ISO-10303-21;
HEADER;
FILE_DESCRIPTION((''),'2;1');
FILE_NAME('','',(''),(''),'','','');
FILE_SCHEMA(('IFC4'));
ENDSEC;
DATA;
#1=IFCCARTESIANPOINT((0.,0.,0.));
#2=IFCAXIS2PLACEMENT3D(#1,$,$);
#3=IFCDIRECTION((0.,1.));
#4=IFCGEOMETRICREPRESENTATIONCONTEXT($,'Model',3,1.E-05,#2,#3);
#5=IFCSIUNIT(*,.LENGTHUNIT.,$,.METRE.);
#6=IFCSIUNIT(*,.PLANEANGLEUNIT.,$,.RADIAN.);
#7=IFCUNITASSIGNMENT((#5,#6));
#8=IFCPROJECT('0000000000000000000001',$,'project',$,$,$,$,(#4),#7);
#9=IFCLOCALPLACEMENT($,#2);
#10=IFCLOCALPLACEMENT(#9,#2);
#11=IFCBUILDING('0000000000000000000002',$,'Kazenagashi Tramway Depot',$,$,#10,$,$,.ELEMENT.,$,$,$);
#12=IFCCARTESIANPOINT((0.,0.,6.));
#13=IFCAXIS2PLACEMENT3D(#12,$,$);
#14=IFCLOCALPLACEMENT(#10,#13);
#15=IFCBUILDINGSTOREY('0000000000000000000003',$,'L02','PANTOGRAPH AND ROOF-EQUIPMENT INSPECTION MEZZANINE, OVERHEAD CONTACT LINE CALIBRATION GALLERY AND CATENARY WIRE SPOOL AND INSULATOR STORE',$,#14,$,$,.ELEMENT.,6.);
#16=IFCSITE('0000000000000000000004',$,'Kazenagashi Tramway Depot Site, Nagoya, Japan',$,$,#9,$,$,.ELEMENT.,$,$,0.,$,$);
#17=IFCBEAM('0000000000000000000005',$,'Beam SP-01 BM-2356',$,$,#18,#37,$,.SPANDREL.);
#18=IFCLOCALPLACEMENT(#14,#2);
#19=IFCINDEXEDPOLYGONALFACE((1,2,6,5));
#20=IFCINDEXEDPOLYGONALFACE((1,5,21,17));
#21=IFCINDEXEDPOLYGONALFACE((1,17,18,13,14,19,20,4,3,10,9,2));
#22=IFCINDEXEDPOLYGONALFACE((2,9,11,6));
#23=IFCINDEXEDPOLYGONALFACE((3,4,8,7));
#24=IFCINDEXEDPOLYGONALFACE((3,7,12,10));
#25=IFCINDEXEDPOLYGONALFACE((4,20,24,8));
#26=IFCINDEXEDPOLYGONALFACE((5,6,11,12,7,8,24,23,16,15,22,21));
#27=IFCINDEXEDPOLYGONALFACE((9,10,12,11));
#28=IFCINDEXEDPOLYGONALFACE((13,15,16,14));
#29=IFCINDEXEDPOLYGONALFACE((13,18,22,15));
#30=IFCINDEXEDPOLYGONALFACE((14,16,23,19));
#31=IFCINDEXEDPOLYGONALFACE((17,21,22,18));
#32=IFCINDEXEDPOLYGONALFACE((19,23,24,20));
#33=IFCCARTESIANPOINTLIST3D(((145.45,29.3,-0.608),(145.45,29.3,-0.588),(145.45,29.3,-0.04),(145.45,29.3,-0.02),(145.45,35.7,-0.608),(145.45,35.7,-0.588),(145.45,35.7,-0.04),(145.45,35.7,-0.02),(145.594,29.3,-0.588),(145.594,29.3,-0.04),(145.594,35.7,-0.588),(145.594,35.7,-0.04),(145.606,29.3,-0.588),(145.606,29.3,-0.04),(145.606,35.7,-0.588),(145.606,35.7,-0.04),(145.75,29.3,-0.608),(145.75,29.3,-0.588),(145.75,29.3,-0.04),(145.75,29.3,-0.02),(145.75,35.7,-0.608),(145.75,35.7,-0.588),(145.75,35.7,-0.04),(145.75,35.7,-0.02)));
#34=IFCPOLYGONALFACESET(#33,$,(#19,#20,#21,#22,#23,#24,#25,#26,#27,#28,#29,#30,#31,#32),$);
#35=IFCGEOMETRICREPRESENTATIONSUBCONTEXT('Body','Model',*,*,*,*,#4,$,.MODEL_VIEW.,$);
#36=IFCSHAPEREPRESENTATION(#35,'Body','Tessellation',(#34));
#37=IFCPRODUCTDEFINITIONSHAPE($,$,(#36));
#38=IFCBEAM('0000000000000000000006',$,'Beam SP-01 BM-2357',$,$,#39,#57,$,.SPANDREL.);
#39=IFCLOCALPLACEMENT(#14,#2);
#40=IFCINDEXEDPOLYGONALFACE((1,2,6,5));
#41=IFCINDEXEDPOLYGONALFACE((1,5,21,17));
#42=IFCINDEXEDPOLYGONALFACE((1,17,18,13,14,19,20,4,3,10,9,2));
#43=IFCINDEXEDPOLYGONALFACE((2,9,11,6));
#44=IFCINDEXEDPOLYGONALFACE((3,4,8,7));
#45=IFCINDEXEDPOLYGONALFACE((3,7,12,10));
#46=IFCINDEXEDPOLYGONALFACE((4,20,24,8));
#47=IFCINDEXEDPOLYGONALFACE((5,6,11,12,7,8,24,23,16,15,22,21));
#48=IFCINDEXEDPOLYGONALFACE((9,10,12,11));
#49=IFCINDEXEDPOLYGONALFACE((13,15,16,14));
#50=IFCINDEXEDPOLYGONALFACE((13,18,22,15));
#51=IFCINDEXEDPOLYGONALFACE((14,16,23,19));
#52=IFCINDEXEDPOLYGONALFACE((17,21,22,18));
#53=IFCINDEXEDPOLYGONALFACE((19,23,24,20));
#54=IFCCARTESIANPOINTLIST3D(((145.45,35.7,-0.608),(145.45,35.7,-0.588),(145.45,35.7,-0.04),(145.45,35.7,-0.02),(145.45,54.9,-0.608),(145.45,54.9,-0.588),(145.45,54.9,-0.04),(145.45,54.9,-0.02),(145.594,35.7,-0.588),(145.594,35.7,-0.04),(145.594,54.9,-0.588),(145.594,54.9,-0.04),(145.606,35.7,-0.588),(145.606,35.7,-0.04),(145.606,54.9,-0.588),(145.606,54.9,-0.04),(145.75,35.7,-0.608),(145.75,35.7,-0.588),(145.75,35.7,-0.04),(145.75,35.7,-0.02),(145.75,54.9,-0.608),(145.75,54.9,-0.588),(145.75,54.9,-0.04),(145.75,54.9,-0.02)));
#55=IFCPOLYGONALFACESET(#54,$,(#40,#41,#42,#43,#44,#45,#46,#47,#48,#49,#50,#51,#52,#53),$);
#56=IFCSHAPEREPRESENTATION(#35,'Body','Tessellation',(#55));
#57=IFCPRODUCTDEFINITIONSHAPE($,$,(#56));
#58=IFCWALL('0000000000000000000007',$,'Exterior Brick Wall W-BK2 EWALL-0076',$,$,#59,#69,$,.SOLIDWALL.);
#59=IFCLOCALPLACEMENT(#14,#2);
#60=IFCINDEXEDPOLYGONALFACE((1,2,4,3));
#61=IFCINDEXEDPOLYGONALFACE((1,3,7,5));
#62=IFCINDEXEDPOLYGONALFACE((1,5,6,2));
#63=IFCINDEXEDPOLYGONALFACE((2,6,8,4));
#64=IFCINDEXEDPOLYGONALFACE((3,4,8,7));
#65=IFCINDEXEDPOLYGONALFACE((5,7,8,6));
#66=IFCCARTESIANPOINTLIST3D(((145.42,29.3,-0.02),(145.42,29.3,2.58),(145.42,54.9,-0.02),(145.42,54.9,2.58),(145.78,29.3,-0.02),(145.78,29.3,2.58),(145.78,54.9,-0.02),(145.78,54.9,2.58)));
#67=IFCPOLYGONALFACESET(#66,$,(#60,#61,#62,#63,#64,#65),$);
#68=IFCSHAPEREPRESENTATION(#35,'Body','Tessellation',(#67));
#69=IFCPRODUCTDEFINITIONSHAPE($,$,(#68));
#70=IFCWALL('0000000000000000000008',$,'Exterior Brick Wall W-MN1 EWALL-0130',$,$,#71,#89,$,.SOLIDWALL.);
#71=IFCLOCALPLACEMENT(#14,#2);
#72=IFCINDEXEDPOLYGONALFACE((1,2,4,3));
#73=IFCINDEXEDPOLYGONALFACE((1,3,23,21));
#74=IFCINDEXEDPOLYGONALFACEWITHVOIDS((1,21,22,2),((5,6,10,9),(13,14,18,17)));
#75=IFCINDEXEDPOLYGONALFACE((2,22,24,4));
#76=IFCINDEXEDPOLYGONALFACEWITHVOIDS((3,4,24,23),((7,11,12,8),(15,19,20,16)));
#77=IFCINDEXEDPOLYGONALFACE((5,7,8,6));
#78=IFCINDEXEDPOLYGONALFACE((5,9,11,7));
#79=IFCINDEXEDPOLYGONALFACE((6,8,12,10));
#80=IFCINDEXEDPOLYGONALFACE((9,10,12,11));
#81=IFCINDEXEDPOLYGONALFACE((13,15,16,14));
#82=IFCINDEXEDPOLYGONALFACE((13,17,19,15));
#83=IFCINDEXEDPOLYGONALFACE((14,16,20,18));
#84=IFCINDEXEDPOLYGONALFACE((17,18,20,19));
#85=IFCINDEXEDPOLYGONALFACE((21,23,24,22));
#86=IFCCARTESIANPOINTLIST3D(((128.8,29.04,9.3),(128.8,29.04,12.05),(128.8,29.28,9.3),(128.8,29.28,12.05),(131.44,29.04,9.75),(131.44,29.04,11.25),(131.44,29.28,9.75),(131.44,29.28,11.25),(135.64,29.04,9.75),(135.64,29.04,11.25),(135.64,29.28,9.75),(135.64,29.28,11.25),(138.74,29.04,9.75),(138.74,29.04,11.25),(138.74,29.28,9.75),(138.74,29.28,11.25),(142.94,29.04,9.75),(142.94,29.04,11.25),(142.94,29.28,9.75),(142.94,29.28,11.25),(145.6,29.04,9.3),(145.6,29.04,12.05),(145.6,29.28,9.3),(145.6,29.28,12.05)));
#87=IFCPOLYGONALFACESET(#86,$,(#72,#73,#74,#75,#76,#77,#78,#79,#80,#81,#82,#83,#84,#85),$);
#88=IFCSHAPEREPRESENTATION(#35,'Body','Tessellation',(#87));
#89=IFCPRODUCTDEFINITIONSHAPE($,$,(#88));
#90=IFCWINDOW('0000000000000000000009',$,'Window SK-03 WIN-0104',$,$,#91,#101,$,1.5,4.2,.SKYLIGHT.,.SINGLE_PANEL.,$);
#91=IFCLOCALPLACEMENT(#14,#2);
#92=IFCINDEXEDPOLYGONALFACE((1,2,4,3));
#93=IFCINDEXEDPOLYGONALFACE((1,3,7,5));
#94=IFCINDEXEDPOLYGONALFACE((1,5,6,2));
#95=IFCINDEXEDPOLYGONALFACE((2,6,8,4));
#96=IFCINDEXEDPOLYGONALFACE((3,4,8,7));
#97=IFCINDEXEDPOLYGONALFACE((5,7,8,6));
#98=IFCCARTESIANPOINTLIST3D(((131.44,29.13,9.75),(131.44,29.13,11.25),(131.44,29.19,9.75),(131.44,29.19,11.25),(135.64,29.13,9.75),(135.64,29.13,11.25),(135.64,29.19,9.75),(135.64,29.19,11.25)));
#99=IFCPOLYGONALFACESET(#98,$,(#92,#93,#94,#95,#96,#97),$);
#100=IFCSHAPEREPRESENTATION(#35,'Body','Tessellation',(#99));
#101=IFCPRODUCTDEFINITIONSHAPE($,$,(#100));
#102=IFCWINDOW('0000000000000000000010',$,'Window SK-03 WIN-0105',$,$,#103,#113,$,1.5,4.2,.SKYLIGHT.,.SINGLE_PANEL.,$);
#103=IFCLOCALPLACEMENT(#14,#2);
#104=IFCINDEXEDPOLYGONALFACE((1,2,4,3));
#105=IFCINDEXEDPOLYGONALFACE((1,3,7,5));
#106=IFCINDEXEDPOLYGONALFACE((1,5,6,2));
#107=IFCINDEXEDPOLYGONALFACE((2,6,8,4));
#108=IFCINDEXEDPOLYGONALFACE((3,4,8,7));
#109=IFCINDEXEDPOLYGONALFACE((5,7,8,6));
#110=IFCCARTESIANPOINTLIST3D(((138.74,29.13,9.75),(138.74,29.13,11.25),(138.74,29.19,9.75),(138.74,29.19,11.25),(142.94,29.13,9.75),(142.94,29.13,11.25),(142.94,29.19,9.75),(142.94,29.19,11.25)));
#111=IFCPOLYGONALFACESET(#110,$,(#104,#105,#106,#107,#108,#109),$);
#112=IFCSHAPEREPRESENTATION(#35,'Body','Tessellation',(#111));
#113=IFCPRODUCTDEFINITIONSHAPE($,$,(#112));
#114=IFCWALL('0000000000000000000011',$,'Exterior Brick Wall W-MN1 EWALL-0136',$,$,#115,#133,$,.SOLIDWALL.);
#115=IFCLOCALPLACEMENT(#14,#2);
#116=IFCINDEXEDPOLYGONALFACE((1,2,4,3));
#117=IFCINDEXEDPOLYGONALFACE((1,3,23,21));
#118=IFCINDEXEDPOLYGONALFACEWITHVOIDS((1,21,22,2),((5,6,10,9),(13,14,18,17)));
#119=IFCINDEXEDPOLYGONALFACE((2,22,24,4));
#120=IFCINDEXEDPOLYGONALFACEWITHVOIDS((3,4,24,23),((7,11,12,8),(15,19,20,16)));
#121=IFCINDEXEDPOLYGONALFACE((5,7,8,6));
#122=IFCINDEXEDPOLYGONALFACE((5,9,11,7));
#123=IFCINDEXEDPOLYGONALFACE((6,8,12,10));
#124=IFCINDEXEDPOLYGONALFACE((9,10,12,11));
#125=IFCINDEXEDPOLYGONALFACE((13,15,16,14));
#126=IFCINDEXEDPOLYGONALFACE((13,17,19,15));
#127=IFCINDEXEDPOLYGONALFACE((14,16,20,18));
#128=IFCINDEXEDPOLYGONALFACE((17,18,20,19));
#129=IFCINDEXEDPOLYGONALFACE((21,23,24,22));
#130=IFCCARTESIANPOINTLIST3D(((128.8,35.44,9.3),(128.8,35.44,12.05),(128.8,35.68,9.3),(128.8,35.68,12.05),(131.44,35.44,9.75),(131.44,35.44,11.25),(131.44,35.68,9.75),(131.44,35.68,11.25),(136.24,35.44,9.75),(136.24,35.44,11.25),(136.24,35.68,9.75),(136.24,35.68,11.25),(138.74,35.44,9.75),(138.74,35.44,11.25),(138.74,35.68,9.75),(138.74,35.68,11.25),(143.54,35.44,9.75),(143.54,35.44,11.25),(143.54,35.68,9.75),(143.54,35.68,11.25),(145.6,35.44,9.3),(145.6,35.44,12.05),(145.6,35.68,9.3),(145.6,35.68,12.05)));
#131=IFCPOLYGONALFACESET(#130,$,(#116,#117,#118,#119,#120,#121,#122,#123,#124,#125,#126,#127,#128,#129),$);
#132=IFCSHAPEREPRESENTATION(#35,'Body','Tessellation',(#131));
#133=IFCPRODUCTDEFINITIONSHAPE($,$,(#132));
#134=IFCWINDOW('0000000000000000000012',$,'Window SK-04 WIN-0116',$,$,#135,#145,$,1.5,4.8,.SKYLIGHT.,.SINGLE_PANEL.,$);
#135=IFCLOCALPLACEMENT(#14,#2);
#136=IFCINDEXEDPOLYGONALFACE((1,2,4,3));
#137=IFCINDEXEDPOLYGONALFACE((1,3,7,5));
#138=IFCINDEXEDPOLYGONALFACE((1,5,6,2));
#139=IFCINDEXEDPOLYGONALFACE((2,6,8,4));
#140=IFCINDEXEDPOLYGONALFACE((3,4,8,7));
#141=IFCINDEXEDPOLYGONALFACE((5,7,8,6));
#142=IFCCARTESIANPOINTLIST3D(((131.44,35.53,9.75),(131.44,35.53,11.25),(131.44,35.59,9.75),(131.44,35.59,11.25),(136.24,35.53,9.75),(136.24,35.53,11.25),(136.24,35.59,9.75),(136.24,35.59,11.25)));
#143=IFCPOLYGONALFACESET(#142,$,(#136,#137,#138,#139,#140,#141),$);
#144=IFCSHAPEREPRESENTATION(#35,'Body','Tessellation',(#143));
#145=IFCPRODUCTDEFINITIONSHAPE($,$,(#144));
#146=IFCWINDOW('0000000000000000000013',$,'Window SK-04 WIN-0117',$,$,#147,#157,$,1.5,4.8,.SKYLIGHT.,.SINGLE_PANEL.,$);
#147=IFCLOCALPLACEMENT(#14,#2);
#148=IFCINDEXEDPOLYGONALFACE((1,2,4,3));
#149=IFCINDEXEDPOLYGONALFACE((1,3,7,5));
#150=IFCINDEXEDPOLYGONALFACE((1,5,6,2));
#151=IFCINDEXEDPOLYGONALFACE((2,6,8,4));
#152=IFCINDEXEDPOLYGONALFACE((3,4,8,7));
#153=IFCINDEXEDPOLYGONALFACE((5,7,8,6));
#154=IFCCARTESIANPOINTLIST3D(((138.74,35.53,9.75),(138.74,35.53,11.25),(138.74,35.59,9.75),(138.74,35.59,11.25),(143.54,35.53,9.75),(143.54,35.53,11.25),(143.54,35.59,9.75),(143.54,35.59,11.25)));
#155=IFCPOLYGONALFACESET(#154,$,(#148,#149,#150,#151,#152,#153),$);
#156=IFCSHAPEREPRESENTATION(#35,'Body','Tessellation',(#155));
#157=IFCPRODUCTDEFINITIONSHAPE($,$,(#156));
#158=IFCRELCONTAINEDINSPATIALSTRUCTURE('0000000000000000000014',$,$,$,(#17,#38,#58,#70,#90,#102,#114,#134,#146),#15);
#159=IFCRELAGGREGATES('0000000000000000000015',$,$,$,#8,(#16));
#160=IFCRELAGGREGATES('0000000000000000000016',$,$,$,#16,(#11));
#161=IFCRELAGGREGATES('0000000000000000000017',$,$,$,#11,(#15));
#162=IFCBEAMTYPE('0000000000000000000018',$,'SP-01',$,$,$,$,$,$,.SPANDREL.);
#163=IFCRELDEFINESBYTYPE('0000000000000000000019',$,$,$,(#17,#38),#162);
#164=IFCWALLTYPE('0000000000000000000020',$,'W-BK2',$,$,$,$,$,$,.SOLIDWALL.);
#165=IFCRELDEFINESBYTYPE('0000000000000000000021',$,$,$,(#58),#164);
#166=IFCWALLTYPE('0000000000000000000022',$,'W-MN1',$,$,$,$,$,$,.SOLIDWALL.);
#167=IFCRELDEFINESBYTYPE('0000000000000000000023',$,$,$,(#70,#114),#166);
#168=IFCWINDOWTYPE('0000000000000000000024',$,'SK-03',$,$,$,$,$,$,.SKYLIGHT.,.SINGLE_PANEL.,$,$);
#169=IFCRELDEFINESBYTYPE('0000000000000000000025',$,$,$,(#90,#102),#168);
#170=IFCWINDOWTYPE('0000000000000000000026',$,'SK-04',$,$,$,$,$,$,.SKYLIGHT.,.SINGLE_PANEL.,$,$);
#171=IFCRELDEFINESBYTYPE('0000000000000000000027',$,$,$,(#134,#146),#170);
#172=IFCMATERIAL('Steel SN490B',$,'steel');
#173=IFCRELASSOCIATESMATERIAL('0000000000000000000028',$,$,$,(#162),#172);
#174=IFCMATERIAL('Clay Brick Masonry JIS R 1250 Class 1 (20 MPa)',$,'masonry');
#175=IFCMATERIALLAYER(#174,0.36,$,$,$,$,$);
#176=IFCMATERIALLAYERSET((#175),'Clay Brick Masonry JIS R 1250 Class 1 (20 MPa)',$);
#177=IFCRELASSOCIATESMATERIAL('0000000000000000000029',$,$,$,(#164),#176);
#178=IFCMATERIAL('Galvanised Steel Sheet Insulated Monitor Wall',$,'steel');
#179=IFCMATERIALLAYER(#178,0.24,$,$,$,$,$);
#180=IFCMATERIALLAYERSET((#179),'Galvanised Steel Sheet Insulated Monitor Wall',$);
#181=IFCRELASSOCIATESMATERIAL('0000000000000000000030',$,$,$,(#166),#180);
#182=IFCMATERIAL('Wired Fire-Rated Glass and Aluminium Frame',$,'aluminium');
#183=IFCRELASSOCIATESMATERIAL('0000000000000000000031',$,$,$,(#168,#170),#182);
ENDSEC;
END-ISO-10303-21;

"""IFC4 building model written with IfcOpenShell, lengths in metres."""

from ifc_helpers import new_model, si_unit, direction, frame, frame_2d, origin, origin_2d, place, context, subcontext, project, spatial, rectangle, i_section, extrude, material, layer, layer_set, material_profile, profile_set, type_object, element, fill, save


model = new_model("IFC4")

# Units and contexts
model_context = context("Model", 3, precision=1e-05, world=origin(), true_north=direction((0.0, 1.0)))
body_context = subcontext(model_context, "Body", "Model", "MODEL_VIEW")
ifc_project = project(units=[si_unit("LENGTHUNIT", "METRE"), si_unit("PLANEANGLEUNIT", "RADIAN")], contexts=[model_context])

# Site, building, storey
site_placement = place(None, origin())
site = spatial("IfcSite", under=ifc_project, at=site_placement, Name="Kazenagashi Tramway Depot Site, Nagoya, Japan", CompositionType="ELEMENT", RefElevation=0.0)
building_placement = place(site_placement, origin())
building = spatial("IfcBuilding", under=site, at=building_placement, Name="Kazenagashi Tramway Depot", CompositionType="ELEMENT")
storey_placement = place(building_placement, frame((0.0, 0.0, 6.0)))
storey = spatial("IfcBuildingStorey", under=building, at=storey_placement, Name="L02", Description="PANTOGRAPH AND ROOF-EQUIPMENT INSPECTION MEZZANINE, OVERHEAD CONTACT LINE CALIBRATION GALLERY AND CATENARY WIRE SPOOL AND INSULATOR STORE", CompositionType="ELEMENT", Elevation=6.0)

# Shared definitions
ifc_material_1 = material(Name="Steel SN490B", Category="steel")

# Beams
ifc_material_profile_1 = material_profile(ifc_material_1, i_section(OverallWidth=0.3, OverallDepth=0.588, WebThickness=0.012, FlangeThickness=0.02, at=origin_2d()), Name="H-588x300x12x20")
ifc_profile_set_1 = profile_set([ifc_material_profile_1], Name="Steel SN490B")
beam_type_1 = type_object("IfcBeamType", Name="SP-01", PredefinedType="SPANDREL", material=ifc_profile_set_1)
beam_1_placement = place(storey_placement, frame((145.6, 29.3, -0.314), z_axis=(0.0, 1.0, 0.0), x_axis=(-1.0, 0.0, 0.0)))
element("IfcBeam", 1, at=beam_1_placement, inside=storey, type_object=beam_type_1, Name="Beam SP-01 BM-2356", PredefinedType="SPANDREL", context=body_context, shape_type="SweptSolid", body=[
    extrude(i_section(OverallWidth=0.3, OverallDepth=0.588, WebThickness=0.012, FlangeThickness=0.02, at=origin_2d()), origin(), (0.0, 0.0, 1.0), 6.4),
])
beam_2_placement = place(storey_placement, frame((145.6, 35.7, -0.314), z_axis=(0.0, 1.0, 0.0), x_axis=(-1.0, 0.0, 0.0)))
element("IfcBeam", 2, at=beam_2_placement, inside=storey, type_object=beam_type_1, Name="Beam SP-01 BM-2357", PredefinedType="SPANDREL", context=body_context, shape_type="SweptSolid", body=[
    extrude(i_section(OverallWidth=0.3, OverallDepth=0.588, WebThickness=0.012, FlangeThickness=0.02, at=origin_2d()), origin(), (0.0, 0.0, 1.0), 19.2),
])

# Wall
ifc_material_2 = material(Name="Clay Brick Masonry JIS R 1250 Class 1 (20 MPa)", Category="masonry")
ifc_layer_1 = layer(ifc_material_2, 0.36)
ifc_layer_set_1 = layer_set([ifc_layer_1], Name="Clay Brick Masonry JIS R 1250 Class 1 (20 MPa)")
wall_type_1 = type_object("IfcWallType", Name="W-BK2", PredefinedType="SOLIDWALL", material=ifc_layer_set_1)
wall_1_placement = place(storey_placement, frame((145.6, 29.3, -0.02), z_axis=(0.0, 0.0, 1.0), x_axis=(0.0, 1.0, 0.0)))
element("IfcWall", 3, at=wall_1_placement, inside=storey, type_object=wall_type_1, Name="Exterior Brick Wall W-BK2 EWALL-0076", PredefinedType="SOLIDWALL", context=body_context, shape_type="SweptSolid", body=[
    extrude(rectangle(XDim=25.6, YDim=0.36, at=frame_2d((12.8, 0.0))), origin(), (0.0, 0.0, 1.0), 2.6),
])

# Walls, openings, windows
ifc_material_3 = material(Name="Galvanised Steel Sheet Insulated Monitor Wall", Category="steel")
ifc_layer_2 = layer(ifc_material_3, 0.24)
ifc_layer_set_2 = layer_set([ifc_layer_2], Name="Galvanised Steel Sheet Insulated Monitor Wall")
wall_type_2 = type_object("IfcWallType", Name="W-MN1", PredefinedType="SOLIDWALL", material=ifc_layer_set_2)
wall_2_placement = place(storey_placement, frame((128.8, 29.16, 9.3), z_axis=(0.0, 0.0, 1.0), x_axis=(1.0, 0.0, 0.0)))
wall_2 = element("IfcWall", 4, at=wall_2_placement, inside=storey, type_object=wall_type_2, Name="Exterior Brick Wall W-MN1 EWALL-0130", PredefinedType="SOLIDWALL", context=body_context, shape_type="SweptSolid", body=[
    extrude(rectangle(XDim=16.8, YDim=0.24, at=frame_2d((8.4, 0.0))), origin(), (0.0, 0.0, 1.0), 2.75),
])
opening_1_placement = place(wall_2_placement, frame((2.64, 0.0, 0.45)))
opening_1 = element("IfcOpeningElement", 5, at=opening_1_placement, cuts=wall_2, PredefinedType="OPENING", context=body_context, shape_type="SweptSolid", body=[
    extrude(rectangle(XDim=4.2, YDim=1.5, at=frame_2d((2.1, 0.75))), frame((0.0, 0.13, 0.0), z_axis=(0.0, -1.0, 0.0), x_axis=(1.0, 0.0, 0.0)), (0.0, 0.0, 1.0), 0.26),
])
opening_2_placement = place(wall_2_placement, frame((9.94, 0.0, 0.45)))
opening_2 = element("IfcOpeningElement", 6, at=opening_2_placement, cuts=wall_2, PredefinedType="OPENING", context=body_context, shape_type="SweptSolid", body=[
    extrude(rectangle(XDim=4.2, YDim=1.5, at=frame_2d((2.1, 0.75))), frame((0.0, 0.13, 0.0), z_axis=(0.0, -1.0, 0.0), x_axis=(1.0, 0.0, 0.0)), (0.0, 0.0, 1.0), 0.26),
])
ifc_material_4 = material(Name="Wired Fire-Rated Glass and Aluminium Frame", Category="aluminium")
window_type_1 = type_object("IfcWindowType", Name="SK-03", PartitioningType="SINGLE_PANEL", PredefinedType="SKYLIGHT", material=ifc_material_4)
window_1_placement = place(opening_1_placement, origin())
window_1 = element("IfcWindow", 7, at=window_1_placement, inside=storey, type_object=window_type_1, Name="Window SK-03 WIN-0104", OverallHeight=1.5, OverallWidth=4.2, PartitioningType="SINGLE_PANEL", PredefinedType="SKYLIGHT", context=body_context, shape_type="SweptSolid", body=[
    extrude(rectangle(XDim=4.2, YDim=1.5, at=frame_2d((2.1, 0.75))), frame((0.0, 0.03, 0.0), z_axis=(0.0, -1.0, 0.0), x_axis=(1.0, 0.0, 0.0)), (0.0, 0.0, 1.0), 0.06),
])
fill(opening_1, window_1)
window_2_placement = place(opening_2_placement, origin())
window_2 = element("IfcWindow", 8, at=window_2_placement, inside=storey, type_object=window_type_1, Name="Window SK-03 WIN-0105", OverallHeight=1.5, OverallWidth=4.2, PartitioningType="SINGLE_PANEL", PredefinedType="SKYLIGHT", context=body_context, shape_type="SweptSolid", body=[
    extrude(rectangle(XDim=4.2, YDim=1.5, at=frame_2d((2.1, 0.75))), frame((0.0, 0.03, 0.0), z_axis=(0.0, -1.0, 0.0), x_axis=(1.0, 0.0, 0.0)), (0.0, 0.0, 1.0), 0.06),
])
fill(opening_2, window_2)
wall_3_placement = place(storey_placement, frame((128.8, 35.56, 9.3), z_axis=(0.0, 0.0, 1.0), x_axis=(1.0, 0.0, 0.0)))
wall_3 = element("IfcWall", 9, at=wall_3_placement, inside=storey, type_object=wall_type_2, Name="Exterior Brick Wall W-MN1 EWALL-0136", PredefinedType="SOLIDWALL", context=body_context, shape_type="SweptSolid", body=[
    extrude(rectangle(XDim=16.8, YDim=0.24, at=frame_2d((8.4, 0.0))), origin(), (0.0, 0.0, 1.0), 2.75),
])
opening_3_placement = place(wall_3_placement, frame((2.64, 0.0, 0.45)))
opening_3 = element("IfcOpeningElement", 10, at=opening_3_placement, cuts=wall_3, PredefinedType="OPENING", context=body_context, shape_type="SweptSolid", body=[
    extrude(rectangle(XDim=4.8, YDim=1.5, at=frame_2d((2.4, 0.75))), frame((0.0, 0.13, 0.0), z_axis=(0.0, -1.0, 0.0), x_axis=(1.0, 0.0, 0.0)), (0.0, 0.0, 1.0), 0.26),
])
opening_4_placement = place(wall_3_placement, frame((9.94, 0.0, 0.45)))
opening_4 = element("IfcOpeningElement", 11, at=opening_4_placement, cuts=wall_3, PredefinedType="OPENING", context=body_context, shape_type="SweptSolid", body=[
    extrude(rectangle(XDim=4.8, YDim=1.5, at=frame_2d((2.4, 0.75))), frame((0.0, 0.13, 0.0), z_axis=(0.0, -1.0, 0.0), x_axis=(1.0, 0.0, 0.0)), (0.0, 0.0, 1.0), 0.26),
])
window_type_2 = type_object("IfcWindowType", Name="SK-04", PartitioningType="SINGLE_PANEL", PredefinedType="SKYLIGHT", material=ifc_material_4)
window_3_placement = place(opening_3_placement, origin())
window_3 = element("IfcWindow", 12, at=window_3_placement, inside=storey, type_object=window_type_2, Name="Window SK-04 WIN-0116", OverallHeight=1.5, OverallWidth=4.8, PartitioningType="SINGLE_PANEL", PredefinedType="SKYLIGHT", context=body_context, shape_type="SweptSolid", body=[
    extrude(rectangle(XDim=4.8, YDim=1.5, at=frame_2d((2.4, 0.75))), frame((0.0, 0.03, 0.0), z_axis=(0.0, -1.0, 0.0), x_axis=(1.0, 0.0, 0.0)), (0.0, 0.0, 1.0), 0.06),
])
fill(opening_3, window_3)
window_4_placement = place(opening_4_placement, origin())
window_4 = element("IfcWindow", 13, at=window_4_placement, inside=storey, type_object=window_type_2, Name="Window SK-04 WIN-0117", OverallHeight=1.5, OverallWidth=4.8, PartitioningType="SINGLE_PANEL", PredefinedType="SKYLIGHT", context=body_context, shape_type="SweptSolid", body=[
    extrude(rectangle(XDim=4.8, YDim=1.5, at=frame_2d((2.4, 0.75))), frame((0.0, 0.03, 0.0), z_axis=(0.0, -1.0, 0.0), x_axis=(1.0, 0.0, 0.0)), (0.0, 0.0, 1.0), 0.06),
])
fill(opening_4, window_4)

save(model, "model.ifc")
